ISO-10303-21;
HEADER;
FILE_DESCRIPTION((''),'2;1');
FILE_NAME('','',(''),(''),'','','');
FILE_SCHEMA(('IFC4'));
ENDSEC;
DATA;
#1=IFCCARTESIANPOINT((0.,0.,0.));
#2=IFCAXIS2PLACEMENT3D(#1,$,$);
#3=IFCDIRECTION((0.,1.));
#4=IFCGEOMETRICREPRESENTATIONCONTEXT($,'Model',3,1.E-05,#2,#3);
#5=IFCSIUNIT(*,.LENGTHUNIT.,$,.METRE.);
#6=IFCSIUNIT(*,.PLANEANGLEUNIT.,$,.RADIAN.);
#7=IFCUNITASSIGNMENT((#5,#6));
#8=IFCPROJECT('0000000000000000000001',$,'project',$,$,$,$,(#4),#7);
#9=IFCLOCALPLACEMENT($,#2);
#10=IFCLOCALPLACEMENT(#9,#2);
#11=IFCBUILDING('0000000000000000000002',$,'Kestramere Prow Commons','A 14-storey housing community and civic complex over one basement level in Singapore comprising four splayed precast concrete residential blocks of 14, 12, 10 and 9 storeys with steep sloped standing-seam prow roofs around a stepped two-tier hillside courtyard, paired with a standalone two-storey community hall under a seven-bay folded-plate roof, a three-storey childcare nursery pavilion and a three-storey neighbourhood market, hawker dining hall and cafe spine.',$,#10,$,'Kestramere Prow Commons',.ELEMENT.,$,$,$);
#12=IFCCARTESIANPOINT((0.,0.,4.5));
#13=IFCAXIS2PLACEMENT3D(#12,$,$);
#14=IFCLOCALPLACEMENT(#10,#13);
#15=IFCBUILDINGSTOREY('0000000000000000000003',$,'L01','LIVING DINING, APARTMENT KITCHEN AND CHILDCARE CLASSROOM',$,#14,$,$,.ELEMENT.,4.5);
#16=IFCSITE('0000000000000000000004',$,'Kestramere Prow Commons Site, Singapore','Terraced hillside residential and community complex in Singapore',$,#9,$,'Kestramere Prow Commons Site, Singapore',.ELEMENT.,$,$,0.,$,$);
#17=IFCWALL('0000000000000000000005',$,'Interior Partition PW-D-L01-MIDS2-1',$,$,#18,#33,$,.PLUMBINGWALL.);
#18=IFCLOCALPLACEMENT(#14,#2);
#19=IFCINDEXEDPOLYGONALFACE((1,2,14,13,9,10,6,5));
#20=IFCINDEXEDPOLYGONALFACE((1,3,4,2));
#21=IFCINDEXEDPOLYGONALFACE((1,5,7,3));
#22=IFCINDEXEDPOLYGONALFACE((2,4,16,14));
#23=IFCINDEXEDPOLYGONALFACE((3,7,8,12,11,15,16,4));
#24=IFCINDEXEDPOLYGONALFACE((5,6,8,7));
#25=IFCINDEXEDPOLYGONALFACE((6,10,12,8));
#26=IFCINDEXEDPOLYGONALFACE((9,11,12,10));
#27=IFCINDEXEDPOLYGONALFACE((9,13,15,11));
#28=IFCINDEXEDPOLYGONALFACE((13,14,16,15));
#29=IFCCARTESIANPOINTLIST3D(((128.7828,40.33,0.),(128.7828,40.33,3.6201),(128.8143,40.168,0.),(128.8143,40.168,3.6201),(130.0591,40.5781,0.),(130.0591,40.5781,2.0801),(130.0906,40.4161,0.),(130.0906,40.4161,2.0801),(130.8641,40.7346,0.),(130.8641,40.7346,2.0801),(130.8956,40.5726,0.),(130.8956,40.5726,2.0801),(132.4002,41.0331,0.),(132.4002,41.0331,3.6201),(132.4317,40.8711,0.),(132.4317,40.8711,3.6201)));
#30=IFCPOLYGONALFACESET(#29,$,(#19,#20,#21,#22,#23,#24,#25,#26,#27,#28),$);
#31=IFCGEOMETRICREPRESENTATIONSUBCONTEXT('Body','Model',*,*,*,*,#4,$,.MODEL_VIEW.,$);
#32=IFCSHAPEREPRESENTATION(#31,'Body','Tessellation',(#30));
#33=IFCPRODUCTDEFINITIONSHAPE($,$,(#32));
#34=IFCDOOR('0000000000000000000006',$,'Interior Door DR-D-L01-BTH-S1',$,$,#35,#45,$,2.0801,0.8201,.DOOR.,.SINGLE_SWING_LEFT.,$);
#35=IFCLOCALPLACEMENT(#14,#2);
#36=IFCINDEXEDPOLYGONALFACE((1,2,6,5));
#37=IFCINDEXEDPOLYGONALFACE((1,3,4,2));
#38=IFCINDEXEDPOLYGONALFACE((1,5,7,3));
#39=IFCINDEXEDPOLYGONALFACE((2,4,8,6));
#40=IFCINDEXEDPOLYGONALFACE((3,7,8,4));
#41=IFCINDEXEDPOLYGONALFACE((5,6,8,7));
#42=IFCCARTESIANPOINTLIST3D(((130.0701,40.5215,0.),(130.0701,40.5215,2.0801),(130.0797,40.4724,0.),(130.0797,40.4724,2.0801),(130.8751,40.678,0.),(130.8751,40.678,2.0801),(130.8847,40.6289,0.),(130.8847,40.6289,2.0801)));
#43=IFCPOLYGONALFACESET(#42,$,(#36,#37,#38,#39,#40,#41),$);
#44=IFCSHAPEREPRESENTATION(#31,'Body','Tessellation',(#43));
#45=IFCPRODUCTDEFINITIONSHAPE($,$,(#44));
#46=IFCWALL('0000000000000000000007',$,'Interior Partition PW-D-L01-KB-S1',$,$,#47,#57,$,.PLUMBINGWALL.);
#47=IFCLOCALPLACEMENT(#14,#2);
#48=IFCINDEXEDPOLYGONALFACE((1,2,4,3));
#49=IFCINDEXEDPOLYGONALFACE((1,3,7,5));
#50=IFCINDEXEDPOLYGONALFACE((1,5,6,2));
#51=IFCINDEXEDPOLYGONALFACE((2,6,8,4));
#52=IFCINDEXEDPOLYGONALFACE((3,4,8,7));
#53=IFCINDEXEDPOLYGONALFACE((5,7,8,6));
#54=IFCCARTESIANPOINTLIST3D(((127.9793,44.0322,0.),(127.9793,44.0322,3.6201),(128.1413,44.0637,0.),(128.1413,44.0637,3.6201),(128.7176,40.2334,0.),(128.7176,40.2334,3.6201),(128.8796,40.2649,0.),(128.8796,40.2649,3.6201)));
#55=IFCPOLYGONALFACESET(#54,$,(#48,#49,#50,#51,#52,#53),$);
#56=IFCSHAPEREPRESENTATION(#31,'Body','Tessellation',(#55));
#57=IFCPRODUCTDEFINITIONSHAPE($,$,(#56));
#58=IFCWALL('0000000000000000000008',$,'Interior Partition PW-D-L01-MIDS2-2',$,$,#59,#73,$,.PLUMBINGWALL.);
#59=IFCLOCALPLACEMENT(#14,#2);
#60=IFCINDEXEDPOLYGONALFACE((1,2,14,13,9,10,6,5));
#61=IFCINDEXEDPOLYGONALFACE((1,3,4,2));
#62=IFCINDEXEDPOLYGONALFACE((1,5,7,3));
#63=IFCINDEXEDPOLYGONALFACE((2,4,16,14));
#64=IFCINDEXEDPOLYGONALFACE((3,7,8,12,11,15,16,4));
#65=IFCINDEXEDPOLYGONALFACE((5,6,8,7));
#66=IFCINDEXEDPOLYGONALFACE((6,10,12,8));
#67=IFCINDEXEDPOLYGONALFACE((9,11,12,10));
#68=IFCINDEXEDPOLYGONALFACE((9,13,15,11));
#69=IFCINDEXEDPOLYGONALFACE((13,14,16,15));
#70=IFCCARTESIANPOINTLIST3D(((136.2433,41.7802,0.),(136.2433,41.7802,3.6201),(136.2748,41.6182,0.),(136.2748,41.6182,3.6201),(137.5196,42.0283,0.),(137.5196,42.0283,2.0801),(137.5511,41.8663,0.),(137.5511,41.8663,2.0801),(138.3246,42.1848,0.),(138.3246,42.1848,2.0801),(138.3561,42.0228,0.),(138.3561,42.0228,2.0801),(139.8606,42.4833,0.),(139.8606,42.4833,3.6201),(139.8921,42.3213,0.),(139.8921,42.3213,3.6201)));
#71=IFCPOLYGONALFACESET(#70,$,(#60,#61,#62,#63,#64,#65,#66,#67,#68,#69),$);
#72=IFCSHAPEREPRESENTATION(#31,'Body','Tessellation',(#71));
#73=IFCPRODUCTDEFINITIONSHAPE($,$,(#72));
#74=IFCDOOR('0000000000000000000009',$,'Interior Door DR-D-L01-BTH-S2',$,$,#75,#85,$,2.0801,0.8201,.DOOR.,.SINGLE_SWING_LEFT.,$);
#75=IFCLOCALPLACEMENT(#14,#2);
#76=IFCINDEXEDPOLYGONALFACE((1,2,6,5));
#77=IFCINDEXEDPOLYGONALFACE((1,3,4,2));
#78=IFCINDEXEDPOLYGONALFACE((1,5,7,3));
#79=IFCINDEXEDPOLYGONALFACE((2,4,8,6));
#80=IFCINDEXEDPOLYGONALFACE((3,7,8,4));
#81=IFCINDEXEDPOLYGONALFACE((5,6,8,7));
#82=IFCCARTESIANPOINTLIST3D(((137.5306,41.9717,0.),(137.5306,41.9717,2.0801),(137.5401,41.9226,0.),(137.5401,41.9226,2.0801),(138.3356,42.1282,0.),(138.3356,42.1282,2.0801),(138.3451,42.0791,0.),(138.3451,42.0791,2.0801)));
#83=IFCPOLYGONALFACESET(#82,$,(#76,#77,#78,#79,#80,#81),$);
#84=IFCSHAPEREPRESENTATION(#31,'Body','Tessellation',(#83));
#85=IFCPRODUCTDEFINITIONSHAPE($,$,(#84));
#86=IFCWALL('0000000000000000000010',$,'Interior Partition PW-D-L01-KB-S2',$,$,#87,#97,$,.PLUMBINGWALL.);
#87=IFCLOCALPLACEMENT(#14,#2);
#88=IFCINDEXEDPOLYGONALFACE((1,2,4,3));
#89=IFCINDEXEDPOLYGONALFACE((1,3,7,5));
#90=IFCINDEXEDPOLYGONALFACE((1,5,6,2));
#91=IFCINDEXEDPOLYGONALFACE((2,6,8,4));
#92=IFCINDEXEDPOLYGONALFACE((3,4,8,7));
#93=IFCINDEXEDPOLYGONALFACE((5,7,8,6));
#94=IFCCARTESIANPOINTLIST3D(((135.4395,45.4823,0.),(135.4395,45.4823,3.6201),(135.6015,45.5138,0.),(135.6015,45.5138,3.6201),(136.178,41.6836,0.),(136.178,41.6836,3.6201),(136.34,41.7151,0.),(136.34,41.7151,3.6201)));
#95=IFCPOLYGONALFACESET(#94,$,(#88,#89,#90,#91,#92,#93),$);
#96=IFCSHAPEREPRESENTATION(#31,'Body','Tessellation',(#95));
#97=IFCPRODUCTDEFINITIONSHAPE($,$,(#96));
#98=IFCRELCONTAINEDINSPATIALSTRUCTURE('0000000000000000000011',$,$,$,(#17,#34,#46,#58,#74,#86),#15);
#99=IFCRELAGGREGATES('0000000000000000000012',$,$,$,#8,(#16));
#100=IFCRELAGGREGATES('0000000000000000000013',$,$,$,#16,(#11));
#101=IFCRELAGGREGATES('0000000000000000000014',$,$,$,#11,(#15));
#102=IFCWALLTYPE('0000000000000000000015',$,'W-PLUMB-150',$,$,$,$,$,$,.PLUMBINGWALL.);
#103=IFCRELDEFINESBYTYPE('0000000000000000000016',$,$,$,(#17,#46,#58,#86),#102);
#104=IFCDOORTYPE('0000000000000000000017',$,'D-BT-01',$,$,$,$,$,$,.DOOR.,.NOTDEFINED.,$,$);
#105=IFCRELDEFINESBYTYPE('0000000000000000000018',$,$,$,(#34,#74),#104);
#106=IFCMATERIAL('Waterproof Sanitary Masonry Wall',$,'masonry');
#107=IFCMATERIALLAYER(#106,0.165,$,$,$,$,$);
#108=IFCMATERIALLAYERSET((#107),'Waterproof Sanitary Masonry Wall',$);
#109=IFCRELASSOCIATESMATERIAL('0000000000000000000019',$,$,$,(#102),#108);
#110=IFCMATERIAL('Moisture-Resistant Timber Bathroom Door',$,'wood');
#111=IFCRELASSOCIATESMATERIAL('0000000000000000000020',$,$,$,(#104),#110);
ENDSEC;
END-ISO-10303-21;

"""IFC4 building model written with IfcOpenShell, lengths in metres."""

from ifc_helpers import new_model, si_unit, direction, frame, frame_2d, origin, place, context, subcontext, project, spatial, rectangle, extrude, material, layer, layer_set, type_object, element, fill, save


model = new_model("IFC4")

# Units and contexts
model_context = context("Model", 3, precision=1e-05, world=origin(), true_north=direction((0.0, 1.0)))
body_context = subcontext(model_context, "Body", "Model", "MODEL_VIEW")
ifc_project = project(units=[si_unit("LENGTHUNIT", "METRE"), si_unit("PLANEANGLEUNIT", "RADIAN")], contexts=[model_context])

# Site, building, storey
site_placement = place(None, origin())
site = spatial("IfcSite", under=ifc_project, at=site_placement, Name="Kestramere Prow Commons Site, Singapore", Description="Terraced hillside residential and community complex in Singapore", LongName="Kestramere Prow Commons Site, Singapore", CompositionType="ELEMENT", RefElevation=0.0)
building_placement = place(site_placement, origin())
building = spatial("IfcBuilding", under=site, at=building_placement, Name="Kestramere Prow Commons", Description="A 14-storey housing community and civic complex over one basement level in Singapore comprising four splayed precast concrete residential blocks of 14, 12, 10 and 9 storeys with steep sloped standing-seam prow roofs around a stepped two-tier hillside courtyard, paired with a standalone two-storey community hall under a seven-bay folded-plate roof, a three-storey childcare nursery pavilion and a three-storey neighbourhood market, hawker dining hall and cafe spine.", LongName="Kestramere Prow Commons", CompositionType="ELEMENT")
storey_placement = place(building_placement, frame((0.0, 0.0, 4.5)))
storey = spatial("IfcBuildingStorey", under=building, at=storey_placement, Name="L01", Description="LIVING DINING, APARTMENT KITCHEN AND CHILDCARE CLASSROOM", CompositionType="ELEMENT", Elevation=4.5)

# Wall, opening, door
ifc_material_1 = material(Name="Waterproof Sanitary Masonry Wall", Category="masonry")
ifc_layer_1 = layer(ifc_material_1, 0.165)
ifc_layer_set_1 = layer_set([ifc_layer_1], Name="Waterproof Sanitary Masonry Wall")
wall_type_1 = type_object("IfcWallType", Name="W-PLUMB-150", PredefinedType="PLUMBINGWALL", material=ifc_layer_set_1)
wall_1_placement = place(storey_placement, frame((128.7986, 40.249, 0.0), z_axis=(0.0, 0.0, 1.0), x_axis=(0.981629, 0.190801, 0.0)))
wall_1 = element("IfcWall", 1, at=wall_1_placement, inside=storey, type_object=wall_type_1, Name="Interior Partition PW-D-L01-MIDS2-1", PredefinedType="PLUMBINGWALL", context=body_context, shape_type="SweptSolid", body=[
    extrude(rectangle(XDim=3.6851, YDim=0.165, at=frame_2d((1.8425, 0.0))), origin(), (0.0, 0.0, 1.0), 3.6201),
])
opening_1_placement = place(wall_1_placement, frame((1.3, 0.0, 0.0)))
opening_1 = element("IfcOpeningElement", 2, at=opening_1_placement, cuts=wall_1, PredefinedType="OPENING", context=body_context, shape_type="SweptSolid", body=[
    extrude(rectangle(XDim=0.8201, YDim=2.0801, at=frame_2d((0.4102, 1.04))), frame((0.0, 0.0974, 0.0), z_axis=(0.0, -1.0, 0.0), x_axis=(1.0, 0.0, 0.0)), (0.0, 0.0, 1.0), 0.1951),
])
ifc_material_2 = material(Name="Moisture-Resistant Timber Bathroom Door", Category="wood")
door_type_1 = type_object("IfcDoorType", Name="D-BT-01", OperationType="NOTDEFINED", PredefinedType="DOOR", material=ifc_material_2)
door_1_placement = place(opening_1_placement, origin())
door_1 = element("IfcDoor", 3, at=door_1_placement, inside=storey, type_object=door_type_1, Name="Interior Door DR-D-L01-BTH-S1", OperationType="SINGLE_SWING_LEFT", OverallHeight=2.0801, OverallWidth=0.8201, PredefinedType="DOOR", context=body_context, shape_type="SweptSolid", body=[
    extrude(rectangle(XDim=0.8201, YDim=2.0801, at=frame_2d((0.4102, 1.04))), frame((0.0, 0.0249, 0.0), z_axis=(0.0, -1.0, 0.0), x_axis=(1.0, 0.0, 0.0)), (0.0, 0.0, 1.0), 0.05),
])
fill(opening_1, door_1)

# Wall
wall_2_placement = place(storey_placement, frame((128.7986, 40.249, 0.0), z_axis=(0.0, 0.0, 1.0), x_axis=(-0.190775, 0.981634, 0.0)))
element("IfcWall", 4, at=wall_2_placement, inside=storey, type_object=wall_type_1, Name="Interior Partition PW-D-L01-KB-S1", PredefinedType="PLUMBINGWALL", context=body_context, shape_type="SweptSolid", body=[
    extrude(rectangle(XDim=3.8699, YDim=0.165, at=frame_2d((1.9351, 0.0))), origin(), (0.0, 0.0, 1.0), 3.6201),
])

# Wall, opening, door
wall_3_placement = place(storey_placement, frame((136.259, 41.6992, 0.0), z_axis=(0.0, 0.0, 1.0), x_axis=(0.981629, 0.190801, 0.0)))
wall_3 = element("IfcWall", 5, at=wall_3_placement, inside=storey, type_object=wall_type_1, Name="Interior Partition PW-D-L01-MIDS2-2", PredefinedType="PLUMBINGWALL", context=body_context, shape_type="SweptSolid", body=[
    extrude(rectangle(XDim=3.6851, YDim=0.165, at=frame_2d((1.8425, 0.0))), origin(), (0.0, 0.0, 1.0), 3.6201),
])
opening_2_placement = place(wall_3_placement, frame((1.3, 0.0, 0.0)))
opening_2 = element("IfcOpeningElement", 6, at=opening_2_placement, cuts=wall_3, PredefinedType="OPENING", context=body_context, shape_type="SweptSolid", body=[
    extrude(rectangle(XDim=0.8201, YDim=2.0801, at=frame_2d((0.4102, 1.04))), frame((0.0, 0.0974, 0.0), z_axis=(0.0, -1.0, 0.0), x_axis=(1.0, 0.0, 0.0)), (0.0, 0.0, 1.0), 0.1951),
])
door_2_placement = place(opening_2_placement, origin())
door_2 = element("IfcDoor", 7, at=door_2_placement, inside=storey, type_object=door_type_1, Name="Interior Door DR-D-L01-BTH-S2", OperationType="SINGLE_SWING_LEFT", OverallHeight=2.0801, OverallWidth=0.8201, PredefinedType="DOOR", context=body_context, shape_type="SweptSolid", body=[
    extrude(rectangle(XDim=0.8201, YDim=2.0801, at=frame_2d((0.4102, 1.04))), frame((0.0, 0.0249, 0.0), z_axis=(0.0, -1.0, 0.0), x_axis=(1.0, 0.0, 0.0)), (0.0, 0.0, 1.0), 0.05),
])
fill(opening_2, door_2)

# Wall
wall_4_placement = place(storey_placement, frame((136.259, 41.6992, 0.0), z_axis=(0.0, 0.0, 1.0), x_axis=(-0.190836, 0.981622, 0.0)))
element("IfcWall", 8, at=wall_4_placement, inside=storey, type_object=wall_type_1, Name="Interior Partition PW-D-L01-KB-S2", PredefinedType="PLUMBINGWALL", context=body_context, shape_type="SweptSolid", body=[
    extrude(rectangle(XDim=3.8699, YDim=0.165, at=frame_2d((1.9351, 0.0))), origin(), (0.0, 0.0, 1.0), 3.6201),
])

save(model, "model.ifc")
